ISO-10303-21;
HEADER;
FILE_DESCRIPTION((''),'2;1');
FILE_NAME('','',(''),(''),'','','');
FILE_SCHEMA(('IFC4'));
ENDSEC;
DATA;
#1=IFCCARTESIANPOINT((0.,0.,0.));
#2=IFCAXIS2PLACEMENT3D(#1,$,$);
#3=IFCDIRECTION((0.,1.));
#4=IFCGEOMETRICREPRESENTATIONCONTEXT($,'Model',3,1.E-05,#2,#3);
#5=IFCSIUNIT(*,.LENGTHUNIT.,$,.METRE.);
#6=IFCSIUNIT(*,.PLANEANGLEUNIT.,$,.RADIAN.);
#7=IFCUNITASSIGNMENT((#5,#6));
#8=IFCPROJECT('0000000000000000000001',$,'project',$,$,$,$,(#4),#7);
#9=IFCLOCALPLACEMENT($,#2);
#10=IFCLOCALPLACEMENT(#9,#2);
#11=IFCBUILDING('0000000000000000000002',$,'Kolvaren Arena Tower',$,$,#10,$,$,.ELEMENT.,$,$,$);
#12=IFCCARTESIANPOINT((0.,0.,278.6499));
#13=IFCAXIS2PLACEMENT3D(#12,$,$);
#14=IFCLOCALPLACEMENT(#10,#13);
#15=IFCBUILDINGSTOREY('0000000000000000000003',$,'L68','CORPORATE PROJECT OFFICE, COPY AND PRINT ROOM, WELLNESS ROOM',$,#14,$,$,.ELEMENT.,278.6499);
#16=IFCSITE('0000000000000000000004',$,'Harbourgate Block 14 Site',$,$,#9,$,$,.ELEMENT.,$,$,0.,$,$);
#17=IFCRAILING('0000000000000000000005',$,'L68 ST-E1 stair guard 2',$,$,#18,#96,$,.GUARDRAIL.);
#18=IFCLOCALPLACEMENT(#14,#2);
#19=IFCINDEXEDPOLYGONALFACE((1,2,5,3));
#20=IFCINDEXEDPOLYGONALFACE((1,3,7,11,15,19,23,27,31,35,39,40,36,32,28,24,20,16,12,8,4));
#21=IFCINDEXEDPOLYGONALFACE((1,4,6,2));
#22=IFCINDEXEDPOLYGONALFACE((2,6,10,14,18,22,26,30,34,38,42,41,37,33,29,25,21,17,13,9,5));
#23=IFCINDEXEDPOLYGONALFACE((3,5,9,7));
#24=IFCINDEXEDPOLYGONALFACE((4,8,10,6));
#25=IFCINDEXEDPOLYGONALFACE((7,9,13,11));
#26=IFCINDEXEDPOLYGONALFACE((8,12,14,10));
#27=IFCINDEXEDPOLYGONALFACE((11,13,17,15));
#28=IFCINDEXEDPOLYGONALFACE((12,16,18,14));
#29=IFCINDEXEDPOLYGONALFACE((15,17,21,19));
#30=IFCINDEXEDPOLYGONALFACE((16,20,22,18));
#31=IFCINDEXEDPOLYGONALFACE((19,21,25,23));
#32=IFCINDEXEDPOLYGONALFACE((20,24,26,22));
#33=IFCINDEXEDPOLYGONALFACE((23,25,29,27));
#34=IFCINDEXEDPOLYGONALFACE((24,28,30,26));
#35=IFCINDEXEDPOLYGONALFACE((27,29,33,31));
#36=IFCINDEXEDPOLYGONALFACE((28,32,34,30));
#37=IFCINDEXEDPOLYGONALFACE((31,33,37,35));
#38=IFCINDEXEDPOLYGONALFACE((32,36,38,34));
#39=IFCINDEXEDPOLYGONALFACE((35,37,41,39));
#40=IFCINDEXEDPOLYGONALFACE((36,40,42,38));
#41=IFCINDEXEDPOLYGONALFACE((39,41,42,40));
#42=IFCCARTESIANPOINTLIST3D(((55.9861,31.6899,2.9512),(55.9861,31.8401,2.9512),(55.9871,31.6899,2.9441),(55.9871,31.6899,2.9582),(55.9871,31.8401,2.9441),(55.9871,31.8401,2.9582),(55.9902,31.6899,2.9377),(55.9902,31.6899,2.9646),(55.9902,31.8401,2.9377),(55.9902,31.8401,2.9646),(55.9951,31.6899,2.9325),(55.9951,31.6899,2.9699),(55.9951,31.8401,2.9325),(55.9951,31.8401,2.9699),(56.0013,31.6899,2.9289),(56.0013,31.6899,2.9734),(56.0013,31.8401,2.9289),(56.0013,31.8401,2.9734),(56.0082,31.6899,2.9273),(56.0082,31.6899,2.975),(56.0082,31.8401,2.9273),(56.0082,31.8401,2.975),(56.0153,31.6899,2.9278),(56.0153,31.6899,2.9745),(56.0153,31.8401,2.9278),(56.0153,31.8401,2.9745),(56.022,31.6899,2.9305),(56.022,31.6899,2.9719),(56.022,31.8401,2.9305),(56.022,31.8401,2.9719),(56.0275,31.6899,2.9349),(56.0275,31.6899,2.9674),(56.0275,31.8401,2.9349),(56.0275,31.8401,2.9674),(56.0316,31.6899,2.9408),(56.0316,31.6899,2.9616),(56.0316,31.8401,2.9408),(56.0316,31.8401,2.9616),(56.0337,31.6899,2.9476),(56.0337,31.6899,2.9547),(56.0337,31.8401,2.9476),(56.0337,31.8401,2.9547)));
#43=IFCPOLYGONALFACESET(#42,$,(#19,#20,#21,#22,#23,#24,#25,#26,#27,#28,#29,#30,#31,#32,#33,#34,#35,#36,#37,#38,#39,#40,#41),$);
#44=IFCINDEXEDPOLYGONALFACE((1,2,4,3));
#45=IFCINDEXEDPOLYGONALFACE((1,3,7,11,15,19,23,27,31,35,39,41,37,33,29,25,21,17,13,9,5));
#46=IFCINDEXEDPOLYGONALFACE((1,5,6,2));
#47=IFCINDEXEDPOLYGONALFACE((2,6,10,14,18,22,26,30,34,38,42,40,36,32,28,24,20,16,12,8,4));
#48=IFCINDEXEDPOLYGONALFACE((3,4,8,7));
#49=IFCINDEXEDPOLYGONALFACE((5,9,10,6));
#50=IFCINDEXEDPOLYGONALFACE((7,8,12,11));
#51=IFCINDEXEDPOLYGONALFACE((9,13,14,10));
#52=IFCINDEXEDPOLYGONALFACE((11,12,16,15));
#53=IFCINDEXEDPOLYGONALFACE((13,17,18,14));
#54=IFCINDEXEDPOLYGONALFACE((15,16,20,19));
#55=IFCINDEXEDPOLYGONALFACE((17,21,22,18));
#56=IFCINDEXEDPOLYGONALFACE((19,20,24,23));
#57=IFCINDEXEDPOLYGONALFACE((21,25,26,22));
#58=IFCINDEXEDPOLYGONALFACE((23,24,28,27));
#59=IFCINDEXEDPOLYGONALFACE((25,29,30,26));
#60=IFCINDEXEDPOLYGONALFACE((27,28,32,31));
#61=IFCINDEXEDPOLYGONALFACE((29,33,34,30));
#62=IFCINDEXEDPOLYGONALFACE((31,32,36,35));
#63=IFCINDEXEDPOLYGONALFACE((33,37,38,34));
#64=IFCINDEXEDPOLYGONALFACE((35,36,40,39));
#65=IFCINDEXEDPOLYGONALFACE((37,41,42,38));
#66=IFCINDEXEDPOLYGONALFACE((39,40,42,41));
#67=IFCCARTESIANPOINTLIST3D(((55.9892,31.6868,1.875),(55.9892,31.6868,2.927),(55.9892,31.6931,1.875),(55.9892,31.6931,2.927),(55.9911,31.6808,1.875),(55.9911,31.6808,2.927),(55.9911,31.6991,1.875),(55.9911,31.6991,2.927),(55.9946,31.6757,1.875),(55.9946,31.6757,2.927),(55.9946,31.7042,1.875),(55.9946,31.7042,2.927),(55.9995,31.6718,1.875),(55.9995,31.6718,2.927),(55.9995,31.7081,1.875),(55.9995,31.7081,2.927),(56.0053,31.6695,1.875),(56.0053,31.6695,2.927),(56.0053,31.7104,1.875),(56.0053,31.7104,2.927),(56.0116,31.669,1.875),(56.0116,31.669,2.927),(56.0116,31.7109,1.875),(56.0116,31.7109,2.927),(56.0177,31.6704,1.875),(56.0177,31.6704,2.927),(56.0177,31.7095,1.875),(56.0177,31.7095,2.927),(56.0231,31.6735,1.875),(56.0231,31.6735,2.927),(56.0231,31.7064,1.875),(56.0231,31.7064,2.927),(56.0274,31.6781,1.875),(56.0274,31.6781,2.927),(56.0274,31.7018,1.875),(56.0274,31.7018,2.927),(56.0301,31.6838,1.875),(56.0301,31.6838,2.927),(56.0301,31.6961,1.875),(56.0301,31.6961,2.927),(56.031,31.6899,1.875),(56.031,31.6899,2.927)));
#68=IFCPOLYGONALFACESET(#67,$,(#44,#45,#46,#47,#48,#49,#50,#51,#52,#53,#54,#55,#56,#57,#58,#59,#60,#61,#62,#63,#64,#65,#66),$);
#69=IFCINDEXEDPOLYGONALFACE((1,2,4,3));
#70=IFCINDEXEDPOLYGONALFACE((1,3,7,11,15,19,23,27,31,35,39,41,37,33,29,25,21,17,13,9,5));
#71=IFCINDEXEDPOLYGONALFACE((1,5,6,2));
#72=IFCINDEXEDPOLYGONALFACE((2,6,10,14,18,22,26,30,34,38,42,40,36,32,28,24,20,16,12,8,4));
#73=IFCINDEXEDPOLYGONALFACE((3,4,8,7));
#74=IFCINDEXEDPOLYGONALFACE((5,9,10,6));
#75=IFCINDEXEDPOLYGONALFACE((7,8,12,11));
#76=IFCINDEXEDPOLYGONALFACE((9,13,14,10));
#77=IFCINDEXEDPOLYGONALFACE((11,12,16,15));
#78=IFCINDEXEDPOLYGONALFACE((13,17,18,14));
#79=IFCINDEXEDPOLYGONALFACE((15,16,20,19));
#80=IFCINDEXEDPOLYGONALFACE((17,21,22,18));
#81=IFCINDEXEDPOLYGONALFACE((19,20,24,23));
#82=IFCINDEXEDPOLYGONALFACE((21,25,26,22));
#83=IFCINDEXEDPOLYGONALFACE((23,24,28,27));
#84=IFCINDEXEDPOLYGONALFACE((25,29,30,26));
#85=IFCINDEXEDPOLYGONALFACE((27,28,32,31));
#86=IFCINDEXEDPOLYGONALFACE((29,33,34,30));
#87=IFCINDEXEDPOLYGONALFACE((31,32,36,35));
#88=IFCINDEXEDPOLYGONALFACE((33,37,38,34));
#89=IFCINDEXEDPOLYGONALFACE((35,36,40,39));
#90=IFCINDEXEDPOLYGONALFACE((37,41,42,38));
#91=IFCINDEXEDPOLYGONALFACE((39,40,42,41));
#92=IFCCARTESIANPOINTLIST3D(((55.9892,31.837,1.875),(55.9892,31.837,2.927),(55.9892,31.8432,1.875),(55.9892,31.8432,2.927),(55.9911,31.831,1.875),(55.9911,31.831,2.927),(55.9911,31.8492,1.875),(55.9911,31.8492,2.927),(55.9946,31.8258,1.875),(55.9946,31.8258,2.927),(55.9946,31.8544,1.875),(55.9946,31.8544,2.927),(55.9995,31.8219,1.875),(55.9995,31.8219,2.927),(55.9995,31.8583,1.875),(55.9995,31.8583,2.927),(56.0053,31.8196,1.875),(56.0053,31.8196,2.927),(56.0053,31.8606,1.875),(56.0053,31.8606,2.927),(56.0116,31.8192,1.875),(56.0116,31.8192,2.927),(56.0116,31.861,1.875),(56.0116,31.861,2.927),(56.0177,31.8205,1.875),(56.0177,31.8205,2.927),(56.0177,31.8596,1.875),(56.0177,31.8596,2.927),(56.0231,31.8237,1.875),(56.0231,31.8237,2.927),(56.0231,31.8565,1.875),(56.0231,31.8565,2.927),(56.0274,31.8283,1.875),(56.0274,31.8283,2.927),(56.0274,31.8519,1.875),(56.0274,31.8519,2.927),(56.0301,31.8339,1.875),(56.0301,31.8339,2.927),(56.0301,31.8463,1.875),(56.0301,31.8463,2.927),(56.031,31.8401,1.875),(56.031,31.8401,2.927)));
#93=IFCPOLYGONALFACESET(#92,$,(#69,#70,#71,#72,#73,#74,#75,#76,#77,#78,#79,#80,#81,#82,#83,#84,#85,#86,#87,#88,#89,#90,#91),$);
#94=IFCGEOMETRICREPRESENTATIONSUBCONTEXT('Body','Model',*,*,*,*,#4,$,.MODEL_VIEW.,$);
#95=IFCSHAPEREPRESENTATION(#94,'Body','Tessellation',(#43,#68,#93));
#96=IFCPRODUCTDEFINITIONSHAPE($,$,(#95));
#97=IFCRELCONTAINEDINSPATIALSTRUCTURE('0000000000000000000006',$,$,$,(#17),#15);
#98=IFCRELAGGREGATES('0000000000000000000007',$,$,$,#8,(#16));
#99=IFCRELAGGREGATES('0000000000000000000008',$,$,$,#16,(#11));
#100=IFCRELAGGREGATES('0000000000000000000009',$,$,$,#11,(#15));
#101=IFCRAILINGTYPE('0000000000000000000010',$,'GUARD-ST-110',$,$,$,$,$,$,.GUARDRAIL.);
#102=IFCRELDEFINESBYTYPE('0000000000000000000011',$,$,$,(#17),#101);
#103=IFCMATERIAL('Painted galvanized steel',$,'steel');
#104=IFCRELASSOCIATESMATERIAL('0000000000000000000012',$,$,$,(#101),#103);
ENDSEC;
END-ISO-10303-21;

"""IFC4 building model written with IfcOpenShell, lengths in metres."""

from ifc_helpers import new_model, si_unit, direction, frame, origin, origin_2d, place, context, subcontext, project, spatial, circle, extrude, material, type_object, element, save


model = new_model("IFC4")

# Units and contexts
model_context = context("Model", 3, precision=1e-05, world=origin(), true_north=direction((0.0, 1.0)))
body_context = subcontext(model_context, "Body", "Model", "MODEL_VIEW")
ifc_project = project(units=[si_unit("LENGTHUNIT", "METRE"), si_unit("PLANEANGLEUNIT", "RADIAN")], contexts=[model_context])

# Site, building, storey
site_placement = place(None, origin())
site = spatial("IfcSite", under=ifc_project, at=site_placement, Name="Harbourgate Block 14 Site", CompositionType="ELEMENT", RefElevation=0.0)
building_placement = place(site_placement, origin())
building = spatial("IfcBuilding", under=site, at=building_placement, Name="Kolvaren Arena Tower", CompositionType="ELEMENT")
storey_placement = place(building_placement, frame((0.0, 0.0, 278.6499)))
storey = spatial("IfcBuildingStorey", under=building, at=storey_placement, Name="L68", Description="CORPORATE PROJECT OFFICE, COPY AND PRINT ROOM, WELLNESS ROOM", CompositionType="ELEMENT", Elevation=278.6499)

# Railing
ifc_material_1 = material(Name="Painted galvanized steel", Category="steel")
railing_type_1 = type_object("IfcRailingType", Name="GUARD-ST-110", PredefinedType="GUARDRAIL", material=ifc_material_1)
railing_1_placement = place(storey_placement, frame((56.01, 31.6899, 1.875)))
element("IfcRailing", 1, at=railing_1_placement, inside=storey, type_object=railing_type_1, Name="L68 ST-E1 stair guard 2", PredefinedType="GUARDRAIL", context=body_context, shape_type="SweptSolid", body=[
    extrude(circle(Radius=0.0239, at=origin_2d()), frame((0.0, 0.0, 1.0762), z_axis=(0.0, 1.0, 0.0), x_axis=(-1.0, 0.0, 0.0)), (0.0, 0.0, 1.0), 0.1501),
    extrude(circle(Radius=0.021, at=origin_2d()), origin(), (0.0, 0.0, 1.0), 1.052),
    extrude(circle(Radius=0.021, at=origin_2d()), frame((0.0, 0.1501, 0.0)), (0.0, 0.0, 1.0), 1.052),
])

save(model, "model.ifc")
